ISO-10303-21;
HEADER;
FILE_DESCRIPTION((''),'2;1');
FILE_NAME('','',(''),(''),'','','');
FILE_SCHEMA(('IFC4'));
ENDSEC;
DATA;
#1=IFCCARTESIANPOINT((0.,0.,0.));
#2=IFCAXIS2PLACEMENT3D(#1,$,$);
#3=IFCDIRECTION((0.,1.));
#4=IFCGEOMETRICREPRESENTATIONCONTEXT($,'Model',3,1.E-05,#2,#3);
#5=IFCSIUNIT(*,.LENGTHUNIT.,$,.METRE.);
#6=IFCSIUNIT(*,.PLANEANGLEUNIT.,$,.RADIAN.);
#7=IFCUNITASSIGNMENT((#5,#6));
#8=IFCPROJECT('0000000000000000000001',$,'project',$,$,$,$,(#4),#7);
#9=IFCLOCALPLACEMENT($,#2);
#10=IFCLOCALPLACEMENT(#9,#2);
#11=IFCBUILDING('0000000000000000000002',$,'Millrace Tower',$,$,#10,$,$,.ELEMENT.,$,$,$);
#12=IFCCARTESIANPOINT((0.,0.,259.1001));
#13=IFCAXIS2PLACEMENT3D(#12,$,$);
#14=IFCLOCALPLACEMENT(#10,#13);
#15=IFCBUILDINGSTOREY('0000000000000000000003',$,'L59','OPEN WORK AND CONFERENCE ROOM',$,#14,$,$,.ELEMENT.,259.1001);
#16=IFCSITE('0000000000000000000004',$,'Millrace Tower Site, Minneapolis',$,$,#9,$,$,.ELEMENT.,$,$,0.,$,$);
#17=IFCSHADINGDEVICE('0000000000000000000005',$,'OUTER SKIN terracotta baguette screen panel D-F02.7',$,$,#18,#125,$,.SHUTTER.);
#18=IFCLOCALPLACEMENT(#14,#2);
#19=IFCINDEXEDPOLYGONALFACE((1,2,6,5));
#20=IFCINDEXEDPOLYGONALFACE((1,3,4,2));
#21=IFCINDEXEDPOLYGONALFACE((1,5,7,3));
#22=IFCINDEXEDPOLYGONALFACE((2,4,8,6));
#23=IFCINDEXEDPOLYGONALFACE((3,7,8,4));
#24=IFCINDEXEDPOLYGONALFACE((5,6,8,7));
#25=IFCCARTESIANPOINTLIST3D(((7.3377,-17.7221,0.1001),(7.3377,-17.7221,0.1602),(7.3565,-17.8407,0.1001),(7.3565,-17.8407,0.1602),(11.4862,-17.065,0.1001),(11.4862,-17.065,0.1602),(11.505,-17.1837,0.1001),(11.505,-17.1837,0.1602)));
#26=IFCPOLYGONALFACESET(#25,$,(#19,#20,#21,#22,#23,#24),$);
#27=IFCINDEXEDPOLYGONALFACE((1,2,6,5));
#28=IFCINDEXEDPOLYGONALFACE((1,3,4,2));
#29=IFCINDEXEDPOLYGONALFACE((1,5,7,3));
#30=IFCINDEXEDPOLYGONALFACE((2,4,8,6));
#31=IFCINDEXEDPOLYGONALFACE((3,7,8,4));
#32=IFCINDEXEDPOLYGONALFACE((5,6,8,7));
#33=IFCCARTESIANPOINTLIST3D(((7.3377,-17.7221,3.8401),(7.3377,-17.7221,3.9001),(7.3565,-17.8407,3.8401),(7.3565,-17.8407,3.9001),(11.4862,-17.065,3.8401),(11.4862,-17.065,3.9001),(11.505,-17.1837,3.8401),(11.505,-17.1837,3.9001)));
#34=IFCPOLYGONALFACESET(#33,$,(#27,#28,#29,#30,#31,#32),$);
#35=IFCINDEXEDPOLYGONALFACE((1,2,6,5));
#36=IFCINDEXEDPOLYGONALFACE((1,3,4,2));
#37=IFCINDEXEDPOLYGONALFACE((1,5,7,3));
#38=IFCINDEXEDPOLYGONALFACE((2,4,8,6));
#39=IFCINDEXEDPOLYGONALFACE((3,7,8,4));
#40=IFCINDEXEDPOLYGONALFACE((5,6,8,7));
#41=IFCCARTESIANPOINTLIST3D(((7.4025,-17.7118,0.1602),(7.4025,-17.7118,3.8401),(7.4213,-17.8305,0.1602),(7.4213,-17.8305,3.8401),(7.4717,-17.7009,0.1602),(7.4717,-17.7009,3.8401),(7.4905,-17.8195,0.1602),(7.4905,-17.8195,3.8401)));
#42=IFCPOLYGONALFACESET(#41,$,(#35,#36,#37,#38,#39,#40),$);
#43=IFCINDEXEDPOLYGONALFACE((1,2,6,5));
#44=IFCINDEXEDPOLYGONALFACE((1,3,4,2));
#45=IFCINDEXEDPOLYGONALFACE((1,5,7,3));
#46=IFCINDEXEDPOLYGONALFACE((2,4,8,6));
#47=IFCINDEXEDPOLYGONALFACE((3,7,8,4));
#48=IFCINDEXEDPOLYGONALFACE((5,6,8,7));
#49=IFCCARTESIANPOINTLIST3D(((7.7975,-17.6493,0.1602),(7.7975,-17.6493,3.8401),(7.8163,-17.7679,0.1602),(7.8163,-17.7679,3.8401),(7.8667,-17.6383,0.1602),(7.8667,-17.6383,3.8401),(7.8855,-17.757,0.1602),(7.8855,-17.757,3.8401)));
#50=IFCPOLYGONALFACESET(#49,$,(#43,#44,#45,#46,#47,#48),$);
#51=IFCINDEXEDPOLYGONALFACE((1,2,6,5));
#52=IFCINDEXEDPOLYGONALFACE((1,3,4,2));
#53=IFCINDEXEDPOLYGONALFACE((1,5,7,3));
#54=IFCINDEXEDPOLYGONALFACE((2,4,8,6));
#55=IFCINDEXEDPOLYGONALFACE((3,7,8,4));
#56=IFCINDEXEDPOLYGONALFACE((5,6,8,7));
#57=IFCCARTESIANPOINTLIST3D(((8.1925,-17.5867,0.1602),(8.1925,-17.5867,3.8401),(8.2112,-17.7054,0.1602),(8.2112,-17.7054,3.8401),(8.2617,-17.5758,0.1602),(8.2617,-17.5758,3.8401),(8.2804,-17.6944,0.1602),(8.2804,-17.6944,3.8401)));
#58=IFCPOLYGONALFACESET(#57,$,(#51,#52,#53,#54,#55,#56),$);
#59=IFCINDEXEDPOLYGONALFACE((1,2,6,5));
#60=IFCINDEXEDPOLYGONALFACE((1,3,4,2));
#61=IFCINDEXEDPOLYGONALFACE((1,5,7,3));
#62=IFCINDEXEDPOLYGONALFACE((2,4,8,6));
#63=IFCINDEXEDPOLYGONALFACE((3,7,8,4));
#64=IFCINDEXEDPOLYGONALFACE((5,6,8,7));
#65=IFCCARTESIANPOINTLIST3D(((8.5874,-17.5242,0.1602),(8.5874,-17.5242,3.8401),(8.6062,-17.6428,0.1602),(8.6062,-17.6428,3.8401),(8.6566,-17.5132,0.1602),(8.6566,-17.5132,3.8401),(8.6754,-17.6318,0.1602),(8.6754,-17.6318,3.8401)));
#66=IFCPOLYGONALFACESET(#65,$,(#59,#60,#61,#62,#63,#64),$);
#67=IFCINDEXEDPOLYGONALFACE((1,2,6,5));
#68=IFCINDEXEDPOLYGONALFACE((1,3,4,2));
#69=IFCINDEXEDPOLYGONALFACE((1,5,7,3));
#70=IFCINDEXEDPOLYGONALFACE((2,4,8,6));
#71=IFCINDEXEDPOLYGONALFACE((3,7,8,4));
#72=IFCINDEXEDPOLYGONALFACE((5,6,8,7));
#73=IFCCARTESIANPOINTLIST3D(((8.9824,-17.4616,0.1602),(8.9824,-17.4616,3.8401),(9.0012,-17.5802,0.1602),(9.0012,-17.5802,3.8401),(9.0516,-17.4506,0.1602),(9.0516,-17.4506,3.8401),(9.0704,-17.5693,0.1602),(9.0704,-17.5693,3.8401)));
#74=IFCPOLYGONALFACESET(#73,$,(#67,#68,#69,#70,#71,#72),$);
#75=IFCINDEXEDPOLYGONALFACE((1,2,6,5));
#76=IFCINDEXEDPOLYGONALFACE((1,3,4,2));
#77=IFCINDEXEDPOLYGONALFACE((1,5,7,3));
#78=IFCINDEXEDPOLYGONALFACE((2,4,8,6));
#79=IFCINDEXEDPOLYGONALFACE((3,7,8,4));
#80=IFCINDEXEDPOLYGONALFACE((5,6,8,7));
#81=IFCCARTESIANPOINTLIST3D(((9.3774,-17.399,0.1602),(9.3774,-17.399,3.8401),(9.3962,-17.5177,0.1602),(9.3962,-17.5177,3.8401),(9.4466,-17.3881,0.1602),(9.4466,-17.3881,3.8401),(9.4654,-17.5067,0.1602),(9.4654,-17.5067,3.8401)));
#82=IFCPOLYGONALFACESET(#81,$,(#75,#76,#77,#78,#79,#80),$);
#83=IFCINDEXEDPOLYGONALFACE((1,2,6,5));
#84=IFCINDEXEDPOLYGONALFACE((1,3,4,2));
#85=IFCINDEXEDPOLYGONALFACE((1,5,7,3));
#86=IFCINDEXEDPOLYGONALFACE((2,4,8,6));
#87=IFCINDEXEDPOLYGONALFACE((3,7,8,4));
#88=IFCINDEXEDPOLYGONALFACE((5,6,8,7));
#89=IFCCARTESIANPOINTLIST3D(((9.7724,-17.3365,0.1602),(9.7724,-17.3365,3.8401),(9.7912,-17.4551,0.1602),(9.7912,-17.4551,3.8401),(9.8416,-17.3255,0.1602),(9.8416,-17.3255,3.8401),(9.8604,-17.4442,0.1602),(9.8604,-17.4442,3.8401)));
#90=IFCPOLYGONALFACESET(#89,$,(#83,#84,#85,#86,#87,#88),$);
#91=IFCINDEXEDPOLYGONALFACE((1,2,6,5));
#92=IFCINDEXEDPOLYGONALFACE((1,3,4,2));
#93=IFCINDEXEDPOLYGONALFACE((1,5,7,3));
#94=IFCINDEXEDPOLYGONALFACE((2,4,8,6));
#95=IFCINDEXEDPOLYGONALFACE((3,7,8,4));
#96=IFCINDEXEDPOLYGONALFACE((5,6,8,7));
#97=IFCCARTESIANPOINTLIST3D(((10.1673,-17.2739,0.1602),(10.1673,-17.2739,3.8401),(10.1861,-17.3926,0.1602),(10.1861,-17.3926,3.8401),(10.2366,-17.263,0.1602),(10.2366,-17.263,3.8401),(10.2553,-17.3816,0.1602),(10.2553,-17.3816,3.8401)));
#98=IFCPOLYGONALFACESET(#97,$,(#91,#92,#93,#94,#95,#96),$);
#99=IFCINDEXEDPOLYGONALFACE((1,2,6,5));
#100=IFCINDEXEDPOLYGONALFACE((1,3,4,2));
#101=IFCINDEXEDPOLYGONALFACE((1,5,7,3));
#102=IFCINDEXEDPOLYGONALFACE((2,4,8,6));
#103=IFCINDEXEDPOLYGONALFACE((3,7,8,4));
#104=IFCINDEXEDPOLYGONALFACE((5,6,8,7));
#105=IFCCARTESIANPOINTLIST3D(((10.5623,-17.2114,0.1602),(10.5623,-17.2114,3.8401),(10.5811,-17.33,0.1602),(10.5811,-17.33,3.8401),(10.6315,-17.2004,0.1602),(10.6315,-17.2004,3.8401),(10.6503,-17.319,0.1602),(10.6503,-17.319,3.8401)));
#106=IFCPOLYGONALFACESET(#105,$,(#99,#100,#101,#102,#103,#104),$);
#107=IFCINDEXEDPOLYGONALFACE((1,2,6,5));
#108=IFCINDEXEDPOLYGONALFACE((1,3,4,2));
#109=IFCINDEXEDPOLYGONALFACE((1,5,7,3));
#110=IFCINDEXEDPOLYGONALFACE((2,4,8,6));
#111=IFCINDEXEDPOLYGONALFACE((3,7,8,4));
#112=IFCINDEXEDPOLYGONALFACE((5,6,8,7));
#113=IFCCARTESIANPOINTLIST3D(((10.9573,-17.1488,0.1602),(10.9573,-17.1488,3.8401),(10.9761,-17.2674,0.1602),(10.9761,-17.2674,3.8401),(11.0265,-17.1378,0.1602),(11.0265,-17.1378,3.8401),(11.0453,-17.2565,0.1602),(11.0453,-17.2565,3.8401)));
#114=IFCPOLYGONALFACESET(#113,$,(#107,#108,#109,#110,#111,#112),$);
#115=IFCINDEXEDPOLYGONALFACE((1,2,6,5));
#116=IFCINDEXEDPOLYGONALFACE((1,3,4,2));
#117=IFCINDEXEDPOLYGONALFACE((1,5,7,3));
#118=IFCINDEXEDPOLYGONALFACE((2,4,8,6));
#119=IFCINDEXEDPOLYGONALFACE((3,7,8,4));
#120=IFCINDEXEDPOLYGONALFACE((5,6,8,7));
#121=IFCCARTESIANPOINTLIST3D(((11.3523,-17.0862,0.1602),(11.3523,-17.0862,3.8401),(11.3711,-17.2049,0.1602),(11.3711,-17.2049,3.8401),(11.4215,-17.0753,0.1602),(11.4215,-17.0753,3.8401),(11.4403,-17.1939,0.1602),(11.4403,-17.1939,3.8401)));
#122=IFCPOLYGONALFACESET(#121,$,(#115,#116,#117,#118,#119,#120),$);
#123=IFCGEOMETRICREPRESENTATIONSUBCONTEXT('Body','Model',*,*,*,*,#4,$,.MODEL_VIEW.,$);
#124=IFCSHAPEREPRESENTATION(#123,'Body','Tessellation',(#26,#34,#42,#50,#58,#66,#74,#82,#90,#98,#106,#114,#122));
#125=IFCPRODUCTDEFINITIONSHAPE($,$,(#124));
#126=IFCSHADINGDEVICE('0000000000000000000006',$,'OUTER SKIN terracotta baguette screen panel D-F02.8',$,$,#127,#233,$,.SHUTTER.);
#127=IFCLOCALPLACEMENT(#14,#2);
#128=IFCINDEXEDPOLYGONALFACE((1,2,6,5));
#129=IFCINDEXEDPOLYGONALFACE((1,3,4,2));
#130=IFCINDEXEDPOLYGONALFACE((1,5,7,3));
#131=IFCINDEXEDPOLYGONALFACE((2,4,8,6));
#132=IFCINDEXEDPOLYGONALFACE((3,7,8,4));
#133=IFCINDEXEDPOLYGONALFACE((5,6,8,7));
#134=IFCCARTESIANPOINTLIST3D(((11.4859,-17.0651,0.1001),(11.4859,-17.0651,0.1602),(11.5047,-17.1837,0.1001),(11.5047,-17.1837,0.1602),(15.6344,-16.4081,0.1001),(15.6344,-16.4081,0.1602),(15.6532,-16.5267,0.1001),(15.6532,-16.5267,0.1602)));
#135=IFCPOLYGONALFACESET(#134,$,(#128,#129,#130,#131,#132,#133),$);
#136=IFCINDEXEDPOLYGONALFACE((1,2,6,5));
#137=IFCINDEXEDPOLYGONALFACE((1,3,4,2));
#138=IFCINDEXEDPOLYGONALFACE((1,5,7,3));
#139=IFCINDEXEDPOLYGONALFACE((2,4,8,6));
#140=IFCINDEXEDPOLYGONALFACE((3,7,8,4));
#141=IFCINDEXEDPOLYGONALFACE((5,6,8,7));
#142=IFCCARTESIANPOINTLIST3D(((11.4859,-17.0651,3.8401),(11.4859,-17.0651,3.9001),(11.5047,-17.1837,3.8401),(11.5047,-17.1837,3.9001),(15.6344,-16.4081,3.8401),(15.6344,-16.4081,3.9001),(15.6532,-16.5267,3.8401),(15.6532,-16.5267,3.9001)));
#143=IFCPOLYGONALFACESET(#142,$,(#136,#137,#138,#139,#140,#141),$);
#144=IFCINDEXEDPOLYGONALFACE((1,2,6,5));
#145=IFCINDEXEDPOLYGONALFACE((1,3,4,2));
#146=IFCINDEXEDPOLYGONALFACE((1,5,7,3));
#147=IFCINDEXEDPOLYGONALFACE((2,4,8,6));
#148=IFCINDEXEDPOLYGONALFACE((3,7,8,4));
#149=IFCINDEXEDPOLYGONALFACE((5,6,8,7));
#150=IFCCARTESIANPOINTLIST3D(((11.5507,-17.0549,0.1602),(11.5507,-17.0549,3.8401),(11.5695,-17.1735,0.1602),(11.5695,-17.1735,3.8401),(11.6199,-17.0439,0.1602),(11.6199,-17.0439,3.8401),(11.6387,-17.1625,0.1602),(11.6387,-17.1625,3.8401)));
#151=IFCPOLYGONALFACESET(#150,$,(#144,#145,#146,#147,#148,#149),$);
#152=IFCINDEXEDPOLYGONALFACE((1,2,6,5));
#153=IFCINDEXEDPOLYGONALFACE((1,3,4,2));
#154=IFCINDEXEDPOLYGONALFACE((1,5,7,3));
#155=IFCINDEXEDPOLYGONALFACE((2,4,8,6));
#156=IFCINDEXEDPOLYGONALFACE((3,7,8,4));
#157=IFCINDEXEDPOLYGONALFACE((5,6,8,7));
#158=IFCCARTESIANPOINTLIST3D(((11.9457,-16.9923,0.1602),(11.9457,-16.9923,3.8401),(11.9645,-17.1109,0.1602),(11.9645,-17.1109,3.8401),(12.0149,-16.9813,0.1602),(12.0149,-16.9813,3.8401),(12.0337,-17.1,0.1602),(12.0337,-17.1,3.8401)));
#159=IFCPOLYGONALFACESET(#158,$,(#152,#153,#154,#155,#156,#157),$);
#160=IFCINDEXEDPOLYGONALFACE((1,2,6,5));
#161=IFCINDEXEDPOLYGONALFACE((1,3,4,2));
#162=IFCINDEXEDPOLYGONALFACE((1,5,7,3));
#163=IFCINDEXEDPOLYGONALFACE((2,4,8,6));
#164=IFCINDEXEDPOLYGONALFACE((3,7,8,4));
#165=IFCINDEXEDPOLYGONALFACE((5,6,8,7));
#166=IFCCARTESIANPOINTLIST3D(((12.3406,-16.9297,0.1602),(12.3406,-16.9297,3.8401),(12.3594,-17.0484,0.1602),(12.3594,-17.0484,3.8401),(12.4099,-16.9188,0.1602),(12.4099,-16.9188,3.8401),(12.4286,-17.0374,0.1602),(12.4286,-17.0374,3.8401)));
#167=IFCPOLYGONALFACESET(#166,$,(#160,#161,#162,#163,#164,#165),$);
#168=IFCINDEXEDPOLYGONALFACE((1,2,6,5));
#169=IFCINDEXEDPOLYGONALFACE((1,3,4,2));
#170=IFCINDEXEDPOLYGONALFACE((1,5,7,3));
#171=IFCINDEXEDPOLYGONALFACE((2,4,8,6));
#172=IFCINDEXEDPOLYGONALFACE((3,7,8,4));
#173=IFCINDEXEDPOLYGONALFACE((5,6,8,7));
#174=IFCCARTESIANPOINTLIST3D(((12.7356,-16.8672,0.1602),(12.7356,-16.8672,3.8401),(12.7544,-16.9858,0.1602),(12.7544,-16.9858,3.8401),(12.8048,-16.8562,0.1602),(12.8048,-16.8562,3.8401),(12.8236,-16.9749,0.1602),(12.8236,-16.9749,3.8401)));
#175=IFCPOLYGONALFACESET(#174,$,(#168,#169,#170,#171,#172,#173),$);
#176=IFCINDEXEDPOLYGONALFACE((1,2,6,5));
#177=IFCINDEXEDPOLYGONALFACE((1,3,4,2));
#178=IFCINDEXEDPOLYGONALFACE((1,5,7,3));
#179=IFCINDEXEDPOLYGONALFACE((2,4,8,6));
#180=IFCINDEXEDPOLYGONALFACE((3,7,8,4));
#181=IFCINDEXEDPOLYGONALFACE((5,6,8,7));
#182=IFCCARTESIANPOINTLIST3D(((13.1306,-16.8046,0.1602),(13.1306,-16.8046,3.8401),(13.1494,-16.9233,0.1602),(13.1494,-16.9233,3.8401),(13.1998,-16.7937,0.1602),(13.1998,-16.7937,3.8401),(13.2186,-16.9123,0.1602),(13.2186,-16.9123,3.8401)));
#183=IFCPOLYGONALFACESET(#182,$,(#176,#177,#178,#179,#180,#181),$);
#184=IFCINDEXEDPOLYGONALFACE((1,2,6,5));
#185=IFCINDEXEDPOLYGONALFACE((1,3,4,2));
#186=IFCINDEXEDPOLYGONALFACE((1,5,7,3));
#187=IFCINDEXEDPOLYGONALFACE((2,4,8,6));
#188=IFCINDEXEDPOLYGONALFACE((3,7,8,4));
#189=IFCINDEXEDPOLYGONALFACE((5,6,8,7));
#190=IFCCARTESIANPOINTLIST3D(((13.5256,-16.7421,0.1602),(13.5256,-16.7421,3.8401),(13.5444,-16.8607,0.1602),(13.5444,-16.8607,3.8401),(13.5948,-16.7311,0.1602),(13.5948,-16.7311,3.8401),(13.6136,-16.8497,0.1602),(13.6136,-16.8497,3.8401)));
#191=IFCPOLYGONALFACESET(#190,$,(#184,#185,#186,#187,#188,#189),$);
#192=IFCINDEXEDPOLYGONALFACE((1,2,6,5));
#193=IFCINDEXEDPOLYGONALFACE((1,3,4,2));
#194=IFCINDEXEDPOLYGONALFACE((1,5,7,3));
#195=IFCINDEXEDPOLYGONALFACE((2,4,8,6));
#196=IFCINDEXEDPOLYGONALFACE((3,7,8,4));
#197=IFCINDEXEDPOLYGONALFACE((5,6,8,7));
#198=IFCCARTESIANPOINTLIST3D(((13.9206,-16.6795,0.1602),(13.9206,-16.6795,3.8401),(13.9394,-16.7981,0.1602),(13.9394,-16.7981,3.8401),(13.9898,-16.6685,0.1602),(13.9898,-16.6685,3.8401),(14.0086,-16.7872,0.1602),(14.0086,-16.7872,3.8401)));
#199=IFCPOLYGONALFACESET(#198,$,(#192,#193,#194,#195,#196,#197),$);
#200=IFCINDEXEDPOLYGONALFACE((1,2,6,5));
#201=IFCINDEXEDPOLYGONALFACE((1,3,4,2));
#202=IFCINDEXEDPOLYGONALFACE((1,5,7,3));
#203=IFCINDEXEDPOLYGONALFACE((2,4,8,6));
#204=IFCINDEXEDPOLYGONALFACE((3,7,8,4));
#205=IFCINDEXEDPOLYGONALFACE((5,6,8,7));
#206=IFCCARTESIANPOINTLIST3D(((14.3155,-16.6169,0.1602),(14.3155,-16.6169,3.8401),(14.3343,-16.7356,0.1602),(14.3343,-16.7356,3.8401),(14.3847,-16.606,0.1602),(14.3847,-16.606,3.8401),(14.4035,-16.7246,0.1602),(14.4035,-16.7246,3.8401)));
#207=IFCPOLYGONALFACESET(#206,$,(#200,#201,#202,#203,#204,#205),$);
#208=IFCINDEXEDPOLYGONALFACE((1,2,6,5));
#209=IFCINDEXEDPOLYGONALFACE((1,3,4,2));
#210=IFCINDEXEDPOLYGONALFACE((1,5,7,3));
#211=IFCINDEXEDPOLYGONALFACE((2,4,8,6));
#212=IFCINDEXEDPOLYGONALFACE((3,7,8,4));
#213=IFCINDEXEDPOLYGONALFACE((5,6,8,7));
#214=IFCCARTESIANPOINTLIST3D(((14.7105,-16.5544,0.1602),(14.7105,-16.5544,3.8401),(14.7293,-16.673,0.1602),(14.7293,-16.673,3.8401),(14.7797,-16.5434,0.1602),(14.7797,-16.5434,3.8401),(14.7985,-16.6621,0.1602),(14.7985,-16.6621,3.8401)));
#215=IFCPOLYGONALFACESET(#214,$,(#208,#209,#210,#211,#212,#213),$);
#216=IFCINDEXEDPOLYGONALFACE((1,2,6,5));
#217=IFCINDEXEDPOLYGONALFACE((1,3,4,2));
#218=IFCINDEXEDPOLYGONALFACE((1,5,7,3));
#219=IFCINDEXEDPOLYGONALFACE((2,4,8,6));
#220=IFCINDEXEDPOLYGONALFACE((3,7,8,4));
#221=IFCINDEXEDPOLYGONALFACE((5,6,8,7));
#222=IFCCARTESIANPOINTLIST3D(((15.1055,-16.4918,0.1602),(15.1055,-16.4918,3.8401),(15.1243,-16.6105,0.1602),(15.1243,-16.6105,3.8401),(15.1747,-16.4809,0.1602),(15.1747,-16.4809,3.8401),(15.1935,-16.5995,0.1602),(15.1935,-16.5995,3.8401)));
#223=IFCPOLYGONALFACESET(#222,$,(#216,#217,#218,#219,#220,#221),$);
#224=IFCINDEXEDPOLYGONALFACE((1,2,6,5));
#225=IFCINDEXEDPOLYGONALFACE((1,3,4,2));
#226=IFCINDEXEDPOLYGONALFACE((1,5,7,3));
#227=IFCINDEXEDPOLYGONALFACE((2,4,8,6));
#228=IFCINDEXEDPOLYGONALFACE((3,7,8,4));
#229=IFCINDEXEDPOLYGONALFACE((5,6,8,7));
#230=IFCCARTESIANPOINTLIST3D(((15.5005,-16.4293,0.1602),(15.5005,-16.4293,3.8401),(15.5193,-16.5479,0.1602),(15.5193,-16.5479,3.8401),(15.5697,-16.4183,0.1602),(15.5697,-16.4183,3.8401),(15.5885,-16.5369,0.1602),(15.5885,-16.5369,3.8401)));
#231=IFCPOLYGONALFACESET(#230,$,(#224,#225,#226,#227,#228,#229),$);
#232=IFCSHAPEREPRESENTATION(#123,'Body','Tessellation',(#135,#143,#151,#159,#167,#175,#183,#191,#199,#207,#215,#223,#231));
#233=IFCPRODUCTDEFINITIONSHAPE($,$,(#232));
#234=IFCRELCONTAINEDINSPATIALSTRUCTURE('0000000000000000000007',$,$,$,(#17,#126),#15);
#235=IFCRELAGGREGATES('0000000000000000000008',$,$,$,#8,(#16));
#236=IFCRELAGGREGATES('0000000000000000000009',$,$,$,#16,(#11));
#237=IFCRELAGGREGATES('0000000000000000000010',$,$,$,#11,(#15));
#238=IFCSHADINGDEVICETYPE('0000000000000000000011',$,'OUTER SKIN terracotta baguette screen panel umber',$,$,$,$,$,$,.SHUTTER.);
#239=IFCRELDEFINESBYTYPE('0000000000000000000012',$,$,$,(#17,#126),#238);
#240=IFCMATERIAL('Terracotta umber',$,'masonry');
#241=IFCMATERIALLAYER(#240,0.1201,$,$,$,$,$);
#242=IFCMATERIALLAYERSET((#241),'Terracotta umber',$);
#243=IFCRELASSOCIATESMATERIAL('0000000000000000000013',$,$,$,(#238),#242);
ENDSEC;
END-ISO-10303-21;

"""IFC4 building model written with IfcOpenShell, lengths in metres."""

from ifc_helpers import new_model, entity, si_unit, direction, frame, frame_2d, origin, origin_2d, place, context, subcontext, project, spatial, rectangle, extrude, source, transform, mapped, material, layer, layer_set, type_object, element, save


model = new_model("IFC4")

# Units and contexts
model_context = context("Model", 3, precision=1e-05, world=origin(), true_north=direction((0.0, 1.0)))
body_context = subcontext(model_context, "Body", "Model", "MODEL_VIEW")
ifc_project = project(units=[si_unit("LENGTHUNIT", "METRE"), si_unit("PLANEANGLEUNIT", "RADIAN")], contexts=[model_context])

# Site, building, storey
site_placement = place(None, origin())
site = spatial("IfcSite", under=ifc_project, at=site_placement, Name="Millrace Tower Site, Minneapolis", CompositionType="ELEMENT", RefElevation=0.0)
building_placement = place(site_placement, origin())
building = spatial("IfcBuilding", under=site, at=building_placement, Name="Millrace Tower", CompositionType="ELEMENT")
storey_placement = place(building_placement, frame((0.0, 0.0, 259.1001)))
storey = spatial("IfcBuildingStorey", under=building, at=storey_placement, Name="L59", Description="OPEN WORK AND CONFERENCE ROOM", CompositionType="ELEMENT", Elevation=259.1001)

# Shading devices
ifc_material_1 = material(Name="Terracotta umber", Category="masonry")
ifc_layer_1 = layer(ifc_material_1, 0.1201)
ifc_layer_set_1 = layer_set([ifc_layer_1], Name="Terracotta umber")
shading_device_type = type_object("IfcShadingDeviceType", Name="OUTER SKIN terracotta baguette screen panel umber", PredefinedType="SHUTTER", material=ifc_layer_set_1)
cartesian_point = entity("IfcCartesianPoint", [-2.1001, 0.0601])
shared_polyline = entity("IfcPolyline", [cartesian_point, entity("IfcCartesianPoint", [2.1001, 0.0601]), entity("IfcCartesianPoint", [2.1001, -0.0601]), entity("IfcCartesianPoint", [-2.1001, -0.0601]), cartesian_point])
shared_shape = source(origin(), body_context, "Body", "SweptSolid", [
    entity("IfcExtrudedAreaSolid", entity("IfcArbitraryClosedProfileDef", "AREA", None, shared_polyline), entity("IfcAxis2Placement3D", entity("IfcCartesianPoint", [0.0, 0.0, 0.0])), entity("IfcDirection", [0.0, 0.0, 1.0]), 0.0601),
    entity("IfcExtrudedAreaSolid", entity("IfcArbitraryClosedProfileDef", "AREA", None, shared_polyline), entity("IfcAxis2Placement3D", entity("IfcCartesianPoint", [0.0, 0.0, 3.74])), entity("IfcDirection", [0.0, 0.0, 1.0]), 0.0601),
    extrude(rectangle(XDim=0.0701, YDim=0.1201, at=frame_2d((-1.9995, 0.0))), frame((0.0, 0.0, 0.0601)), (0.0, 0.0, 1.0), 3.6799),
    extrude(rectangle(XDim=0.0701, YDim=0.1201, at=frame_2d((-1.5996, 0.0))), frame((0.0, 0.0, 0.0601)), (0.0, 0.0, 1.0), 3.6799),
    extrude(rectangle(XDim=0.0701, YDim=0.1201, at=frame_2d((-1.1997, 0.0))), frame((0.0, 0.0, 0.0601)), (0.0, 0.0, 1.0), 3.6799),
    extrude(rectangle(XDim=0.0701, YDim=0.1201, at=frame_2d((-0.7998, 0.0))), frame((0.0, 0.0, 0.0601)), (0.0, 0.0, 1.0), 3.6799),
    extrude(rectangle(XDim=0.0701, YDim=0.1201, at=frame_2d((-0.3999, 0.0))), frame((0.0, 0.0, 0.0601)), (0.0, 0.0, 1.0), 3.6799),
    extrude(rectangle(XDim=0.0701, YDim=0.1201, at=origin_2d()), frame((0.0, 0.0, 0.0601)), (0.0, 0.0, 1.0), 3.6799),
    extrude(rectangle(XDim=0.0701, YDim=0.1201, at=frame_2d((0.3999, 0.0))), frame((0.0, 0.0, 0.0601)), (0.0, 0.0, 1.0), 3.6799),
    extrude(rectangle(XDim=0.0701, YDim=0.1201, at=frame_2d((0.7998, 0.0))), frame((0.0, 0.0, 0.0601)), (0.0, 0.0, 1.0), 3.6799),
    extrude(rectangle(XDim=0.0701, YDim=0.1201, at=frame_2d((1.1997, 0.0))), frame((0.0, 0.0, 0.0601)), (0.0, 0.0, 1.0), 3.6799),
    extrude(rectangle(XDim=0.0701, YDim=0.1201, at=frame_2d((1.5996, 0.0))), frame((0.0, 0.0, 0.0601)), (0.0, 0.0, 1.0), 3.6799),
    extrude(rectangle(XDim=0.0701, YDim=0.1201, at=frame_2d((1.9995, 0.0))), frame((0.0, 0.0, 0.0601)), (0.0, 0.0, 1.0), 3.6799),
])
for number, where, z_axis, x_axis, name in (
    (1, (9.4214, -17.4529, 0.1001), (0.0, 0.0, 1.0), (0.987688, 0.156434, 0.0), "OUTER SKIN terracotta baguette screen panel D-F02.7"),
    (2, (13.5696, -16.7959, 0.1001), (0.0, 0.0, 1.0), (0.987688, 0.156434, 0.0), "OUTER SKIN terracotta baguette screen panel D-F02.8"),
):
    element("IfcShadingDevice", number, at=place(storey_placement, frame(where, z_axis=z_axis, x_axis=x_axis)), inside=storey, type_object=shading_device_type, Name=name, PredefinedType="SHUTTER", context=body_context, shape_type="MappedRepresentation", body=[
        mapped(shared_shape, transform((0.0, 0.0, 0.0), scale=1.0)),
    ])

save(model, "model.ifc")
